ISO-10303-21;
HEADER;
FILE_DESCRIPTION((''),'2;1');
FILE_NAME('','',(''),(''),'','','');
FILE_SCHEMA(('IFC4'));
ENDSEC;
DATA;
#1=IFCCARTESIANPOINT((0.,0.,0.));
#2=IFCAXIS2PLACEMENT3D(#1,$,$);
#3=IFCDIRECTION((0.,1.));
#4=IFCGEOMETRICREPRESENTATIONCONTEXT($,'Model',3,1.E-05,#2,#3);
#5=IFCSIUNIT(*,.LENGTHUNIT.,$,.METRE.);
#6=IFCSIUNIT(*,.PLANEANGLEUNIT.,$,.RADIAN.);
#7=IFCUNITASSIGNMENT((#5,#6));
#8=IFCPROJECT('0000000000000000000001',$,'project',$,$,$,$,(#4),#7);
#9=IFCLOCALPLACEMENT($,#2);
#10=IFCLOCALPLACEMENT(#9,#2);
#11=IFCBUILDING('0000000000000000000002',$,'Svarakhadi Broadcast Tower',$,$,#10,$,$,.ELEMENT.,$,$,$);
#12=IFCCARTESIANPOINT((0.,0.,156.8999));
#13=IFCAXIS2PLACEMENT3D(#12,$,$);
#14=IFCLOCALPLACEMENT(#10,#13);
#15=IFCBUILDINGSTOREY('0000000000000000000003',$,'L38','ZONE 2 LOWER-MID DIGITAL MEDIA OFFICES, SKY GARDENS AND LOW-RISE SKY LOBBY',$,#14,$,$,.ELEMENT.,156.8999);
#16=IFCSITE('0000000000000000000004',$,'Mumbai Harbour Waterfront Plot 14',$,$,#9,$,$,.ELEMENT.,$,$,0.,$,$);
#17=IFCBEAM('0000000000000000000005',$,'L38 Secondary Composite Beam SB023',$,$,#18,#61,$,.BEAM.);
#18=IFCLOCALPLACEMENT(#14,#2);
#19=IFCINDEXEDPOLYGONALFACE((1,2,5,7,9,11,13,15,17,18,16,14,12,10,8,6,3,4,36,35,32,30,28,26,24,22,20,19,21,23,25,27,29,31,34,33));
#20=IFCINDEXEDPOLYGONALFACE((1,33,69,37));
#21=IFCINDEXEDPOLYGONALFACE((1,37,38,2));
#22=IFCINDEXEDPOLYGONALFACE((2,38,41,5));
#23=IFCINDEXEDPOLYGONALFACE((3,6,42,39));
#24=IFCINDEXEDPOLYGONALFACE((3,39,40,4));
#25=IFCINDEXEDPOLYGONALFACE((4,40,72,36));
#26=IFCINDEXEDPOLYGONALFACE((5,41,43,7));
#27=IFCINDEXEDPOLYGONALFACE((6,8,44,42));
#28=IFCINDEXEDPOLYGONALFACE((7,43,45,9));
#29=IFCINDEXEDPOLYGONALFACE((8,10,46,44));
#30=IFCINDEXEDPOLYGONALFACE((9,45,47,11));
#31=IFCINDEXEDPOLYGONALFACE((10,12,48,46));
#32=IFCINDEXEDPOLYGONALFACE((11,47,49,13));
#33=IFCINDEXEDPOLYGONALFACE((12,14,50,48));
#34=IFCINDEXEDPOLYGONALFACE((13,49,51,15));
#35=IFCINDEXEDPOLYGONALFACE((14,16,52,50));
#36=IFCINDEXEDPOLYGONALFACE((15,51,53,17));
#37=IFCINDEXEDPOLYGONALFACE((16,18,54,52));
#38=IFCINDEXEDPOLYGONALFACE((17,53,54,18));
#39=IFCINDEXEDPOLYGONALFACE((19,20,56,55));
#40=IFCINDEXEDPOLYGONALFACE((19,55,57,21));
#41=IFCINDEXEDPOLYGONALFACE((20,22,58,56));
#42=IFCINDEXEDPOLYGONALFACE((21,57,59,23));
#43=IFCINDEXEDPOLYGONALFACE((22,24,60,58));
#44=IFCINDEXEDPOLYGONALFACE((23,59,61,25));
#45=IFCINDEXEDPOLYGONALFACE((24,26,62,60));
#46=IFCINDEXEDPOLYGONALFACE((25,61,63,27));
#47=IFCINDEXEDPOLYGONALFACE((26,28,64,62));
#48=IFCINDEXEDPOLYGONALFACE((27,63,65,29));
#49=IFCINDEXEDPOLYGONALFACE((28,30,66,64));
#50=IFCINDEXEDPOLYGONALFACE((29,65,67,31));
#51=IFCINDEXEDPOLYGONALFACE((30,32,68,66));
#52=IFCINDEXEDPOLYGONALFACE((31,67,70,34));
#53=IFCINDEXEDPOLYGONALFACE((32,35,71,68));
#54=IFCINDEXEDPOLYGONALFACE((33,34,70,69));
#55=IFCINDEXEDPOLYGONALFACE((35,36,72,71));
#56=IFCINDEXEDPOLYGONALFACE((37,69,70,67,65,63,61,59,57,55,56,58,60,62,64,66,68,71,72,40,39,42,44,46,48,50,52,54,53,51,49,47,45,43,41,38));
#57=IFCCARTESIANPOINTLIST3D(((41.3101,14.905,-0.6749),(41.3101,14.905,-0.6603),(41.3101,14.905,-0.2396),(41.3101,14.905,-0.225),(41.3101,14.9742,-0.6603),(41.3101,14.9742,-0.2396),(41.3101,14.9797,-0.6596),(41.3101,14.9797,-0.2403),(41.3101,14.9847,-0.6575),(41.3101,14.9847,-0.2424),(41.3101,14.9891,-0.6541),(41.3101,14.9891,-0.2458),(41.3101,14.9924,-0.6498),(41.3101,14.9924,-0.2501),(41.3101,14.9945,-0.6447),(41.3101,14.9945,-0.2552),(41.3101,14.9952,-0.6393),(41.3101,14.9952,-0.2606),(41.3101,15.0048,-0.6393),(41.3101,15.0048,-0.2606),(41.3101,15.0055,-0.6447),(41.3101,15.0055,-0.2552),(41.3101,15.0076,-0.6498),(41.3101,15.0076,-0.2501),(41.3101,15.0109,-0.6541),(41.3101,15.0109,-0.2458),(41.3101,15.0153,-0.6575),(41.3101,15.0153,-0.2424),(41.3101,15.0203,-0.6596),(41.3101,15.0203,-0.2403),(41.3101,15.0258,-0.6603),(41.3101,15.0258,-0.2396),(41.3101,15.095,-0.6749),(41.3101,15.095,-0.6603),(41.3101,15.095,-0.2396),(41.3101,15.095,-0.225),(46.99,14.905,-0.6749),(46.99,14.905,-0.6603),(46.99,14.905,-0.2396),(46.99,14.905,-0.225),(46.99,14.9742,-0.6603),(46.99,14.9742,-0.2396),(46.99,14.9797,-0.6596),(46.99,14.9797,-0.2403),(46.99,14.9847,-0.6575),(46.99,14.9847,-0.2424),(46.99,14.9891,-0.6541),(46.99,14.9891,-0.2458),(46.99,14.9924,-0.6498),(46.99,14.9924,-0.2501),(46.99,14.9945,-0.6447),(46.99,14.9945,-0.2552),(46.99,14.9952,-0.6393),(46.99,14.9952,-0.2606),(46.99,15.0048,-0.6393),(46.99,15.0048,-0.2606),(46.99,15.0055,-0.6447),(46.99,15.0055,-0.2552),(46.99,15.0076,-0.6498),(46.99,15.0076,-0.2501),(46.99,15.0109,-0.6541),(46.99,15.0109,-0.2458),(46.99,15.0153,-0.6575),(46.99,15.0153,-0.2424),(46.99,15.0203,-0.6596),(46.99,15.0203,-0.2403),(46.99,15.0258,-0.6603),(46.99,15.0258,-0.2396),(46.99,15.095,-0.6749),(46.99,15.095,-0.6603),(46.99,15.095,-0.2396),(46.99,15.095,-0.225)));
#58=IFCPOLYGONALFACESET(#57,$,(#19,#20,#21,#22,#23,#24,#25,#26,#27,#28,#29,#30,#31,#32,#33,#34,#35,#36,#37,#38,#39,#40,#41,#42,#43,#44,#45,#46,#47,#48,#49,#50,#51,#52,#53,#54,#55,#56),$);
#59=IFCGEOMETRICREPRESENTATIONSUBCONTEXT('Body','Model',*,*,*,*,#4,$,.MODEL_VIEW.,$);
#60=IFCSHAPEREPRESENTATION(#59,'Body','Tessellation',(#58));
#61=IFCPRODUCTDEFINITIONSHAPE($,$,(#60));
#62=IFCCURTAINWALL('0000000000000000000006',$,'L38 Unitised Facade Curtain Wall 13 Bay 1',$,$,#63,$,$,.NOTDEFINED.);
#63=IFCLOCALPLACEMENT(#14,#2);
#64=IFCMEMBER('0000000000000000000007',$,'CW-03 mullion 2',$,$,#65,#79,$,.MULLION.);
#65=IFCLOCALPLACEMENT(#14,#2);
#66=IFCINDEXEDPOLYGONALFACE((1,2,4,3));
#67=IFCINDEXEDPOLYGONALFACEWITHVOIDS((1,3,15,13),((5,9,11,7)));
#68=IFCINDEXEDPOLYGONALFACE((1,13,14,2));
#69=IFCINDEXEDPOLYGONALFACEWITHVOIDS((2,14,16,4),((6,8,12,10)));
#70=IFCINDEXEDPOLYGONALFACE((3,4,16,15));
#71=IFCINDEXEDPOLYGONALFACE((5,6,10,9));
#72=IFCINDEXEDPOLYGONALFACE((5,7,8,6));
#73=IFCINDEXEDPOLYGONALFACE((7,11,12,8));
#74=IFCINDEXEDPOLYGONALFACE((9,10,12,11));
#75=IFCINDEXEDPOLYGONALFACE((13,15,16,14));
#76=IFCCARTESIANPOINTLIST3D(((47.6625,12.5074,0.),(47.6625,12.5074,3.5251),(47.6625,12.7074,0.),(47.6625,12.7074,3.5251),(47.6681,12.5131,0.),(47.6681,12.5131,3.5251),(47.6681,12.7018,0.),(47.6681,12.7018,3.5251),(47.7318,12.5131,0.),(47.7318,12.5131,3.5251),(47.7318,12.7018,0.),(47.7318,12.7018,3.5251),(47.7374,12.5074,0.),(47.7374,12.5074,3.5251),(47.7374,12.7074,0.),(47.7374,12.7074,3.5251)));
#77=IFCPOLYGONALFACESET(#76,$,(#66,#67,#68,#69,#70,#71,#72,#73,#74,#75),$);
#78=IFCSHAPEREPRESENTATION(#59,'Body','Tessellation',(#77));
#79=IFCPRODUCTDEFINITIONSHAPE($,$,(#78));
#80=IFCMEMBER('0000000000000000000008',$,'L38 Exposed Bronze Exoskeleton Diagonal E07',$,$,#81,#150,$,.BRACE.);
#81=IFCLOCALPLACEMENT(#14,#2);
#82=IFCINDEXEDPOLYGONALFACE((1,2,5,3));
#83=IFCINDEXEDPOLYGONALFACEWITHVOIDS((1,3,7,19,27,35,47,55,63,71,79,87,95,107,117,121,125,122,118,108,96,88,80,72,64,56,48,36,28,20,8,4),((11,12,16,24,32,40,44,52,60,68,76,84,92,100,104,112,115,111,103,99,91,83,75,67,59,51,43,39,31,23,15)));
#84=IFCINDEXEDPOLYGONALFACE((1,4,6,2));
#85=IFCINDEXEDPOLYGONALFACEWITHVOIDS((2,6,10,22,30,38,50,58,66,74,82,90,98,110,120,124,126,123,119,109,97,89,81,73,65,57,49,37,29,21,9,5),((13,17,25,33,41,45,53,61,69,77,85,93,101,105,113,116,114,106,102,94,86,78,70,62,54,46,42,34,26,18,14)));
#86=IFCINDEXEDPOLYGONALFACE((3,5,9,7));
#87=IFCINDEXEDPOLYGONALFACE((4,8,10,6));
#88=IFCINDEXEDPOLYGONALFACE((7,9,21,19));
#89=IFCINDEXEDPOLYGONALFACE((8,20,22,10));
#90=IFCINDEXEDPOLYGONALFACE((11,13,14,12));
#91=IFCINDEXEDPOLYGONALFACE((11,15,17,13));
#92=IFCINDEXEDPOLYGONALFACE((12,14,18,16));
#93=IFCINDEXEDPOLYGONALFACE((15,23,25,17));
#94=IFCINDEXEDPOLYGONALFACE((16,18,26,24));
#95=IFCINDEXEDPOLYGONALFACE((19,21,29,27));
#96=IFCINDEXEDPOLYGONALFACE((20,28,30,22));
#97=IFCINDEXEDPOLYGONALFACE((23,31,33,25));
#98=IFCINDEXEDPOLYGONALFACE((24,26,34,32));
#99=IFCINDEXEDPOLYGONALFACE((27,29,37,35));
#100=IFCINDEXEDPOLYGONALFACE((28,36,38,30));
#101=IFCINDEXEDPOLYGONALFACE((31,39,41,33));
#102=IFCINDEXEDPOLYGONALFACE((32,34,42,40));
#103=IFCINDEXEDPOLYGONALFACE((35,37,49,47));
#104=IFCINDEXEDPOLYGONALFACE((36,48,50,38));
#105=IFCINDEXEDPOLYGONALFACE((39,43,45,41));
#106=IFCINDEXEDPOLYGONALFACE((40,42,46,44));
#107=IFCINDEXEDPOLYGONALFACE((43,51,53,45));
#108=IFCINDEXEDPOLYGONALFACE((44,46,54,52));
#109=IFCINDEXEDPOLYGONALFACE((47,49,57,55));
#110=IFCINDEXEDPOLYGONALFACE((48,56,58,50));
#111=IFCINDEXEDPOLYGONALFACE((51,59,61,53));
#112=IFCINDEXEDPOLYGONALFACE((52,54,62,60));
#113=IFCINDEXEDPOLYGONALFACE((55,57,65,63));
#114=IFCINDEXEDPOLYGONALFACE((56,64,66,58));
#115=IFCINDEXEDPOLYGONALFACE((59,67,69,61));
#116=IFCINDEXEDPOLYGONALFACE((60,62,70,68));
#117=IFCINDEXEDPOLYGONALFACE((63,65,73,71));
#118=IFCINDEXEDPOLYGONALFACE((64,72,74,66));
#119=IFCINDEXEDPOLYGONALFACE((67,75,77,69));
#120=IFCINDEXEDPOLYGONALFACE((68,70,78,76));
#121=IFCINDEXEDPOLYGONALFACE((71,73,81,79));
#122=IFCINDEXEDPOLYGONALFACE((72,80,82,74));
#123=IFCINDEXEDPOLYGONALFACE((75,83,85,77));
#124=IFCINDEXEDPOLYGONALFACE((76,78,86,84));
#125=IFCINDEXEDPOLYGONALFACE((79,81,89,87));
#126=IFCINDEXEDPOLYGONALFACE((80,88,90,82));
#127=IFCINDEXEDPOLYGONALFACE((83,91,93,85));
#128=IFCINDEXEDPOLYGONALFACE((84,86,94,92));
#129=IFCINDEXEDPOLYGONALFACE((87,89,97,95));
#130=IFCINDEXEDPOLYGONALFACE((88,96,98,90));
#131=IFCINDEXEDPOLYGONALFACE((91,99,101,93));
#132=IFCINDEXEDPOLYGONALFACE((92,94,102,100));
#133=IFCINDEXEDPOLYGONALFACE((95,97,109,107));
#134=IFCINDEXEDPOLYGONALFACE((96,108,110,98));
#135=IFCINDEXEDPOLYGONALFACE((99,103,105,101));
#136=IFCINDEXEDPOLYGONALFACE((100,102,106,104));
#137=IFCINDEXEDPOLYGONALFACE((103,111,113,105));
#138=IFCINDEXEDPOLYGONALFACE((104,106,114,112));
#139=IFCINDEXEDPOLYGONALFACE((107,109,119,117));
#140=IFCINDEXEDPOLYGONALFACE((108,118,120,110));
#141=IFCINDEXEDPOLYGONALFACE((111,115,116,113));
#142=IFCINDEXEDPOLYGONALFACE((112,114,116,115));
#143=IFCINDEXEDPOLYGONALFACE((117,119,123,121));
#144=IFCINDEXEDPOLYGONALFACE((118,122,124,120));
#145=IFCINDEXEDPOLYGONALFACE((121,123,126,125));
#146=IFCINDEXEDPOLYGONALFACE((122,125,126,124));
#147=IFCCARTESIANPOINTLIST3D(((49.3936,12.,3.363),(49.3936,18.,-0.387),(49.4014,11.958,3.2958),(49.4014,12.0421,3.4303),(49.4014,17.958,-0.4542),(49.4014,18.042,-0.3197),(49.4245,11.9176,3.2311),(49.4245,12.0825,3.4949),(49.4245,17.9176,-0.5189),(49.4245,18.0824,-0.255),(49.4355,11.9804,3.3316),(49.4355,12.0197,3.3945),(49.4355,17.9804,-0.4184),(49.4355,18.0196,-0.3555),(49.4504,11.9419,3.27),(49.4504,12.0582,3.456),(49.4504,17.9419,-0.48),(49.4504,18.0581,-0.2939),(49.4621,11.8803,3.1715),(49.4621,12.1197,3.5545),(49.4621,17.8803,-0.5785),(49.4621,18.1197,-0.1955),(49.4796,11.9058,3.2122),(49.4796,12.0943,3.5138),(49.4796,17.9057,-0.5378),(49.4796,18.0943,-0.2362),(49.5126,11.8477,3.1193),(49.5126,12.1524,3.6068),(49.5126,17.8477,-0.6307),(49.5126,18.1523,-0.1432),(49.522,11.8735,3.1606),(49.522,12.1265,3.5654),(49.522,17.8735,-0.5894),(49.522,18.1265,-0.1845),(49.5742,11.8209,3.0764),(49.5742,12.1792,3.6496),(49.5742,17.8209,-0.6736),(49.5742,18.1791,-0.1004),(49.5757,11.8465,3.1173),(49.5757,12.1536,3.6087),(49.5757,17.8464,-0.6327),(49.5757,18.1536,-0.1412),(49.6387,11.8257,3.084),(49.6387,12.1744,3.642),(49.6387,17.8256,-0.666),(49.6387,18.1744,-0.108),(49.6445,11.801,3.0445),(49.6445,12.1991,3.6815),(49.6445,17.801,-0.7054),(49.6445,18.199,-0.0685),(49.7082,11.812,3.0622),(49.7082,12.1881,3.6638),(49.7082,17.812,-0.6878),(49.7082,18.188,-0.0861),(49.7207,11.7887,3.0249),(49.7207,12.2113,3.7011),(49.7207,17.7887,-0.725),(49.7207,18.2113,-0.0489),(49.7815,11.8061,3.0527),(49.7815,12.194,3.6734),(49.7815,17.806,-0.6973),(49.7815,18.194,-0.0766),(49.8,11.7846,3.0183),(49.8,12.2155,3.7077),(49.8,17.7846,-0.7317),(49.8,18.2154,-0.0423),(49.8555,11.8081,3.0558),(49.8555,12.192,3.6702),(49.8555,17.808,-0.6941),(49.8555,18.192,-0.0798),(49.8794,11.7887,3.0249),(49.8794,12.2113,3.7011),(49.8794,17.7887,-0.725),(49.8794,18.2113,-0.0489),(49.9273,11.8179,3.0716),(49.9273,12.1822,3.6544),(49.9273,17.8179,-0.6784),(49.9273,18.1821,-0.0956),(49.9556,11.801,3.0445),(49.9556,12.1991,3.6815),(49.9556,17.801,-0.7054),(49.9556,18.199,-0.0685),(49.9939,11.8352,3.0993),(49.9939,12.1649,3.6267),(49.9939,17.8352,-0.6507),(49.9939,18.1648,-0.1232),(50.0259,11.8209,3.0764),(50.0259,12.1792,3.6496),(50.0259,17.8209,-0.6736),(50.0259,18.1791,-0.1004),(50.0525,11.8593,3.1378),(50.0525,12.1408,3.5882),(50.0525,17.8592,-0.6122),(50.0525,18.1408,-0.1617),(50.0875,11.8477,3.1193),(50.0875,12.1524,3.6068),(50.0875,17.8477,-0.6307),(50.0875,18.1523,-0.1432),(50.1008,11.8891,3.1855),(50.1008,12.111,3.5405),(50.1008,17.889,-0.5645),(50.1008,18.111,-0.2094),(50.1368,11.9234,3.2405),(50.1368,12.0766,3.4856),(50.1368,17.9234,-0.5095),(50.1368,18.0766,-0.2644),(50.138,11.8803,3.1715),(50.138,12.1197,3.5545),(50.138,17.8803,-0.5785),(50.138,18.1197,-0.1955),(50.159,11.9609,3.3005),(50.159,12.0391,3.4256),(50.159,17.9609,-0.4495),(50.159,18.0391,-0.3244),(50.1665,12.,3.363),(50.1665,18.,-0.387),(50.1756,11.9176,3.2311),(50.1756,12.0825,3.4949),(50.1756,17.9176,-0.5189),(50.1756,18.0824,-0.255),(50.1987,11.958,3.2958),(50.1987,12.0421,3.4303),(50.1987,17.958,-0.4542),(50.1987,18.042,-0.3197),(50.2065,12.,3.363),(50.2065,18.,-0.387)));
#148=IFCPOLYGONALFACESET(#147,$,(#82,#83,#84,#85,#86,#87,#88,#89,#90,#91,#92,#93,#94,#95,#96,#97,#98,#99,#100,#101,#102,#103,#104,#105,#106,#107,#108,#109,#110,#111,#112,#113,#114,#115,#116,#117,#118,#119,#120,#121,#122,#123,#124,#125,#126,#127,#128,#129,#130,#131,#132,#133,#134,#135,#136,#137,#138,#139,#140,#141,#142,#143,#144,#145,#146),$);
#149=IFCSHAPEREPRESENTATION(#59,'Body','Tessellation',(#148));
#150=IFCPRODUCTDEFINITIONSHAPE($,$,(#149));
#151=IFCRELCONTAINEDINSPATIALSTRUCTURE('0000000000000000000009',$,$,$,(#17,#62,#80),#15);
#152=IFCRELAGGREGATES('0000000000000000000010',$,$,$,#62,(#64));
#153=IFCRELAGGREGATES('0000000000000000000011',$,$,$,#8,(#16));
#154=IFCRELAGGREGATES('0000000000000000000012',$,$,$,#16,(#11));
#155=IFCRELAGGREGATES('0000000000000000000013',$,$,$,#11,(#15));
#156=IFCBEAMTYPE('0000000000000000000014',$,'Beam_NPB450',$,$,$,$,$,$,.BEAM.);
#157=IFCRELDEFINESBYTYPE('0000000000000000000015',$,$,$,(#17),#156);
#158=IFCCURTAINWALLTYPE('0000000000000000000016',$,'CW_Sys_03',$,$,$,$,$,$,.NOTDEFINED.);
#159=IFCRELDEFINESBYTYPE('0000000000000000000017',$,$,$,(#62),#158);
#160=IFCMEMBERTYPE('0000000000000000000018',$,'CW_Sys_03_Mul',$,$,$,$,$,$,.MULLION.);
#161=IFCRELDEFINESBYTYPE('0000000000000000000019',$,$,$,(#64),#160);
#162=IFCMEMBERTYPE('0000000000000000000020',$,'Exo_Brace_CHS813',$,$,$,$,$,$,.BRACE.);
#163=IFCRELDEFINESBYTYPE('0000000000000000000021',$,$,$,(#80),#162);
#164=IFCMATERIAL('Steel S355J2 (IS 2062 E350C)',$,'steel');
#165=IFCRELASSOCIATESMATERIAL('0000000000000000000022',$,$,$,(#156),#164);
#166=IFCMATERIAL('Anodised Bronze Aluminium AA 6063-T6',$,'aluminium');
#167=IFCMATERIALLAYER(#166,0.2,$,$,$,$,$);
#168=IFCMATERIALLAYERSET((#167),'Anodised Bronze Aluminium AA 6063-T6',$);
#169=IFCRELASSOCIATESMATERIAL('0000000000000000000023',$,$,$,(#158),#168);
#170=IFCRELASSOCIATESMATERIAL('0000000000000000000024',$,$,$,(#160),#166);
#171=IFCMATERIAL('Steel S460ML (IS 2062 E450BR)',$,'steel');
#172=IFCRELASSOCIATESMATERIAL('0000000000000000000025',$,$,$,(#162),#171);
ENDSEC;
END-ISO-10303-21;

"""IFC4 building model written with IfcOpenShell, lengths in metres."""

from ifc_helpers import new_model, si_unit, direction, frame, origin, origin_2d, place, context, subcontext, project, spatial, hollow_rectangle, hollow_circle, i_section, extrude, material, layer, layer_set, material_profile, profile_set, type_object, element, aggregate, save


model = new_model("IFC4")

# Units and contexts
model_context = context("Model", 3, precision=1e-05, world=origin(), true_north=direction((0.0, 1.0)))
body_context = subcontext(model_context, "Body", "Model", "MODEL_VIEW")
ifc_project = project(units=[si_unit("LENGTHUNIT", "METRE"), si_unit("PLANEANGLEUNIT", "RADIAN")], contexts=[model_context])

# Site, building, storey
site_placement = place(None, origin())
site = spatial("IfcSite", under=ifc_project, at=site_placement, Name="Mumbai Harbour Waterfront Plot 14", CompositionType="ELEMENT", RefElevation=0.0)
building_placement = place(site_placement, origin())
building = spatial("IfcBuilding", under=site, at=building_placement, Name="Svarakhadi Broadcast Tower", CompositionType="ELEMENT")
storey_placement = place(building_placement, frame((0.0, 0.0, 156.8999)))
storey = spatial("IfcBuildingStorey", under=building, at=storey_placement, Name="L38", Description="ZONE 2 LOWER-MID DIGITAL MEDIA OFFICES, SKY GARDENS AND LOW-RISE SKY LOBBY", CompositionType="ELEMENT", Elevation=156.8999)

# Shared definitions
ifc_material_1 = material(Name="Steel S460ML (IS 2062 E450BR)", Category="steel")

# Beam
ifc_material_2 = material(Name="Steel S355J2 (IS 2062 E350C)", Category="steel")
ifc_material_profile_1 = material_profile(ifc_material_2, i_section(OverallWidth=0.1899, OverallDepth=0.45, WebThickness=0.0095, FlangeThickness=0.0146, FilletRadius=0.021, at=origin_2d()), Name="NPB 450x190x78")
ifc_profile_set_1 = profile_set([ifc_material_profile_1], Name="Steel S355J2 (IS 2062 E350C)")
beam_type_1 = type_object("IfcBeamType", Name="Beam_NPB450", PredefinedType="BEAM", material=ifc_profile_set_1)
beam_placement = place(storey_placement, frame((41.3101, 15.0, -0.45), z_axis=(1.0, 0.0, 0.0), x_axis=(0.0, 1.0, 0.0)))
element("IfcBeam", 1, at=beam_placement, inside=storey, type_object=beam_type_1, Name="L38 Secondary Composite Beam SB023", PredefinedType="BEAM", context=body_context, shape_type="SweptSolid", body=[
    extrude(i_section(OverallWidth=0.1899, OverallDepth=0.45, WebThickness=0.0095, FlangeThickness=0.0146, FilletRadius=0.021, at=origin_2d()), origin(), (0.0, 0.0, 1.0), 5.6799),
])

# Curtain wall, member
ifc_material_3 = material(Name="Anodised Bronze Aluminium AA 6063-T6", Category="aluminium")
ifc_layer_1 = layer(ifc_material_3, 0.2)
ifc_layer_set_1 = layer_set([ifc_layer_1], Name="Anodised Bronze Aluminium AA 6063-T6")
curtain_wall_type = type_object("IfcCurtainWallType", Name="CW_Sys_03", PredefinedType="NOTDEFINED", material=ifc_layer_set_1)
curtain_wall_placement = place(storey_placement, origin())
curtain_wall = element("IfcCurtainWall", 2, at=curtain_wall_placement, inside=storey, type_object=curtain_wall_type, Name="L38 Unitised Facade Curtain Wall 13 Bay 1", PredefinedType="NOTDEFINED")
ifc_material_profile_2 = material_profile(ifc_material_3, hollow_rectangle(XDim=0.075, YDim=0.2, WallThickness=0.0056, at=origin_2d()), Name="ALU MULLION 200x75x6")
ifc_profile_set_2 = profile_set([ifc_material_profile_2], Name="Anodised Bronze Aluminium AA 6063-T6")
member_type_1 = type_object("IfcMemberType", Name="CW_Sys_03_Mul", PredefinedType="MULLION", material=ifc_profile_set_2)
member_1_placement = place(storey_placement, frame((47.7, 12.6074, 0.0), z_axis=(0.0, 0.0, 1.0), x_axis=(1.0, 0.0, 0.0)))
member_1 = element("IfcMember", 3, at=member_1_placement, type_object=member_type_1, Name="CW-03 mullion 2", PredefinedType="MULLION", context=body_context, shape_type="SweptSolid", body=[
    extrude(hollow_rectangle(XDim=0.075, YDim=0.2, WallThickness=0.0056, at=origin_2d()), origin(), (0.0, 0.0, 1.0), 3.5251),
])

# Member
ifc_material_profile_3 = material_profile(ifc_material_1, hollow_circle(Radius=0.4065, WallThickness=0.04, at=origin_2d()), Name="CHS 813x40")
ifc_profile_set_3 = profile_set([ifc_material_profile_3], Name="Steel S460ML (IS 2062 E450BR)")
member_type_2 = type_object("IfcMemberType", Name="Exo_Brace_CHS813", PredefinedType="BRACE", material=ifc_profile_set_3)
member_2_placement = place(storey_placement, frame((49.8, 18.0, -0.387), z_axis=(0.0, -0.847998, 0.529999), x_axis=(1.0, 0.0, 0.0)))
element("IfcMember", 4, at=member_2_placement, inside=storey, type_object=member_type_2, Name="L38 Exposed Bronze Exoskeleton Diagonal E07", PredefinedType="BRACE", context=body_context, shape_type="SweptSolid", body=[
    extrude(hollow_circle(Radius=0.4065, WallThickness=0.04, at=origin_2d()), origin(), (0.0, 0.0, 1.0), 7.0754),
])

aggregate(curtain_wall, [member_1])

save(model, "model.ifc")
